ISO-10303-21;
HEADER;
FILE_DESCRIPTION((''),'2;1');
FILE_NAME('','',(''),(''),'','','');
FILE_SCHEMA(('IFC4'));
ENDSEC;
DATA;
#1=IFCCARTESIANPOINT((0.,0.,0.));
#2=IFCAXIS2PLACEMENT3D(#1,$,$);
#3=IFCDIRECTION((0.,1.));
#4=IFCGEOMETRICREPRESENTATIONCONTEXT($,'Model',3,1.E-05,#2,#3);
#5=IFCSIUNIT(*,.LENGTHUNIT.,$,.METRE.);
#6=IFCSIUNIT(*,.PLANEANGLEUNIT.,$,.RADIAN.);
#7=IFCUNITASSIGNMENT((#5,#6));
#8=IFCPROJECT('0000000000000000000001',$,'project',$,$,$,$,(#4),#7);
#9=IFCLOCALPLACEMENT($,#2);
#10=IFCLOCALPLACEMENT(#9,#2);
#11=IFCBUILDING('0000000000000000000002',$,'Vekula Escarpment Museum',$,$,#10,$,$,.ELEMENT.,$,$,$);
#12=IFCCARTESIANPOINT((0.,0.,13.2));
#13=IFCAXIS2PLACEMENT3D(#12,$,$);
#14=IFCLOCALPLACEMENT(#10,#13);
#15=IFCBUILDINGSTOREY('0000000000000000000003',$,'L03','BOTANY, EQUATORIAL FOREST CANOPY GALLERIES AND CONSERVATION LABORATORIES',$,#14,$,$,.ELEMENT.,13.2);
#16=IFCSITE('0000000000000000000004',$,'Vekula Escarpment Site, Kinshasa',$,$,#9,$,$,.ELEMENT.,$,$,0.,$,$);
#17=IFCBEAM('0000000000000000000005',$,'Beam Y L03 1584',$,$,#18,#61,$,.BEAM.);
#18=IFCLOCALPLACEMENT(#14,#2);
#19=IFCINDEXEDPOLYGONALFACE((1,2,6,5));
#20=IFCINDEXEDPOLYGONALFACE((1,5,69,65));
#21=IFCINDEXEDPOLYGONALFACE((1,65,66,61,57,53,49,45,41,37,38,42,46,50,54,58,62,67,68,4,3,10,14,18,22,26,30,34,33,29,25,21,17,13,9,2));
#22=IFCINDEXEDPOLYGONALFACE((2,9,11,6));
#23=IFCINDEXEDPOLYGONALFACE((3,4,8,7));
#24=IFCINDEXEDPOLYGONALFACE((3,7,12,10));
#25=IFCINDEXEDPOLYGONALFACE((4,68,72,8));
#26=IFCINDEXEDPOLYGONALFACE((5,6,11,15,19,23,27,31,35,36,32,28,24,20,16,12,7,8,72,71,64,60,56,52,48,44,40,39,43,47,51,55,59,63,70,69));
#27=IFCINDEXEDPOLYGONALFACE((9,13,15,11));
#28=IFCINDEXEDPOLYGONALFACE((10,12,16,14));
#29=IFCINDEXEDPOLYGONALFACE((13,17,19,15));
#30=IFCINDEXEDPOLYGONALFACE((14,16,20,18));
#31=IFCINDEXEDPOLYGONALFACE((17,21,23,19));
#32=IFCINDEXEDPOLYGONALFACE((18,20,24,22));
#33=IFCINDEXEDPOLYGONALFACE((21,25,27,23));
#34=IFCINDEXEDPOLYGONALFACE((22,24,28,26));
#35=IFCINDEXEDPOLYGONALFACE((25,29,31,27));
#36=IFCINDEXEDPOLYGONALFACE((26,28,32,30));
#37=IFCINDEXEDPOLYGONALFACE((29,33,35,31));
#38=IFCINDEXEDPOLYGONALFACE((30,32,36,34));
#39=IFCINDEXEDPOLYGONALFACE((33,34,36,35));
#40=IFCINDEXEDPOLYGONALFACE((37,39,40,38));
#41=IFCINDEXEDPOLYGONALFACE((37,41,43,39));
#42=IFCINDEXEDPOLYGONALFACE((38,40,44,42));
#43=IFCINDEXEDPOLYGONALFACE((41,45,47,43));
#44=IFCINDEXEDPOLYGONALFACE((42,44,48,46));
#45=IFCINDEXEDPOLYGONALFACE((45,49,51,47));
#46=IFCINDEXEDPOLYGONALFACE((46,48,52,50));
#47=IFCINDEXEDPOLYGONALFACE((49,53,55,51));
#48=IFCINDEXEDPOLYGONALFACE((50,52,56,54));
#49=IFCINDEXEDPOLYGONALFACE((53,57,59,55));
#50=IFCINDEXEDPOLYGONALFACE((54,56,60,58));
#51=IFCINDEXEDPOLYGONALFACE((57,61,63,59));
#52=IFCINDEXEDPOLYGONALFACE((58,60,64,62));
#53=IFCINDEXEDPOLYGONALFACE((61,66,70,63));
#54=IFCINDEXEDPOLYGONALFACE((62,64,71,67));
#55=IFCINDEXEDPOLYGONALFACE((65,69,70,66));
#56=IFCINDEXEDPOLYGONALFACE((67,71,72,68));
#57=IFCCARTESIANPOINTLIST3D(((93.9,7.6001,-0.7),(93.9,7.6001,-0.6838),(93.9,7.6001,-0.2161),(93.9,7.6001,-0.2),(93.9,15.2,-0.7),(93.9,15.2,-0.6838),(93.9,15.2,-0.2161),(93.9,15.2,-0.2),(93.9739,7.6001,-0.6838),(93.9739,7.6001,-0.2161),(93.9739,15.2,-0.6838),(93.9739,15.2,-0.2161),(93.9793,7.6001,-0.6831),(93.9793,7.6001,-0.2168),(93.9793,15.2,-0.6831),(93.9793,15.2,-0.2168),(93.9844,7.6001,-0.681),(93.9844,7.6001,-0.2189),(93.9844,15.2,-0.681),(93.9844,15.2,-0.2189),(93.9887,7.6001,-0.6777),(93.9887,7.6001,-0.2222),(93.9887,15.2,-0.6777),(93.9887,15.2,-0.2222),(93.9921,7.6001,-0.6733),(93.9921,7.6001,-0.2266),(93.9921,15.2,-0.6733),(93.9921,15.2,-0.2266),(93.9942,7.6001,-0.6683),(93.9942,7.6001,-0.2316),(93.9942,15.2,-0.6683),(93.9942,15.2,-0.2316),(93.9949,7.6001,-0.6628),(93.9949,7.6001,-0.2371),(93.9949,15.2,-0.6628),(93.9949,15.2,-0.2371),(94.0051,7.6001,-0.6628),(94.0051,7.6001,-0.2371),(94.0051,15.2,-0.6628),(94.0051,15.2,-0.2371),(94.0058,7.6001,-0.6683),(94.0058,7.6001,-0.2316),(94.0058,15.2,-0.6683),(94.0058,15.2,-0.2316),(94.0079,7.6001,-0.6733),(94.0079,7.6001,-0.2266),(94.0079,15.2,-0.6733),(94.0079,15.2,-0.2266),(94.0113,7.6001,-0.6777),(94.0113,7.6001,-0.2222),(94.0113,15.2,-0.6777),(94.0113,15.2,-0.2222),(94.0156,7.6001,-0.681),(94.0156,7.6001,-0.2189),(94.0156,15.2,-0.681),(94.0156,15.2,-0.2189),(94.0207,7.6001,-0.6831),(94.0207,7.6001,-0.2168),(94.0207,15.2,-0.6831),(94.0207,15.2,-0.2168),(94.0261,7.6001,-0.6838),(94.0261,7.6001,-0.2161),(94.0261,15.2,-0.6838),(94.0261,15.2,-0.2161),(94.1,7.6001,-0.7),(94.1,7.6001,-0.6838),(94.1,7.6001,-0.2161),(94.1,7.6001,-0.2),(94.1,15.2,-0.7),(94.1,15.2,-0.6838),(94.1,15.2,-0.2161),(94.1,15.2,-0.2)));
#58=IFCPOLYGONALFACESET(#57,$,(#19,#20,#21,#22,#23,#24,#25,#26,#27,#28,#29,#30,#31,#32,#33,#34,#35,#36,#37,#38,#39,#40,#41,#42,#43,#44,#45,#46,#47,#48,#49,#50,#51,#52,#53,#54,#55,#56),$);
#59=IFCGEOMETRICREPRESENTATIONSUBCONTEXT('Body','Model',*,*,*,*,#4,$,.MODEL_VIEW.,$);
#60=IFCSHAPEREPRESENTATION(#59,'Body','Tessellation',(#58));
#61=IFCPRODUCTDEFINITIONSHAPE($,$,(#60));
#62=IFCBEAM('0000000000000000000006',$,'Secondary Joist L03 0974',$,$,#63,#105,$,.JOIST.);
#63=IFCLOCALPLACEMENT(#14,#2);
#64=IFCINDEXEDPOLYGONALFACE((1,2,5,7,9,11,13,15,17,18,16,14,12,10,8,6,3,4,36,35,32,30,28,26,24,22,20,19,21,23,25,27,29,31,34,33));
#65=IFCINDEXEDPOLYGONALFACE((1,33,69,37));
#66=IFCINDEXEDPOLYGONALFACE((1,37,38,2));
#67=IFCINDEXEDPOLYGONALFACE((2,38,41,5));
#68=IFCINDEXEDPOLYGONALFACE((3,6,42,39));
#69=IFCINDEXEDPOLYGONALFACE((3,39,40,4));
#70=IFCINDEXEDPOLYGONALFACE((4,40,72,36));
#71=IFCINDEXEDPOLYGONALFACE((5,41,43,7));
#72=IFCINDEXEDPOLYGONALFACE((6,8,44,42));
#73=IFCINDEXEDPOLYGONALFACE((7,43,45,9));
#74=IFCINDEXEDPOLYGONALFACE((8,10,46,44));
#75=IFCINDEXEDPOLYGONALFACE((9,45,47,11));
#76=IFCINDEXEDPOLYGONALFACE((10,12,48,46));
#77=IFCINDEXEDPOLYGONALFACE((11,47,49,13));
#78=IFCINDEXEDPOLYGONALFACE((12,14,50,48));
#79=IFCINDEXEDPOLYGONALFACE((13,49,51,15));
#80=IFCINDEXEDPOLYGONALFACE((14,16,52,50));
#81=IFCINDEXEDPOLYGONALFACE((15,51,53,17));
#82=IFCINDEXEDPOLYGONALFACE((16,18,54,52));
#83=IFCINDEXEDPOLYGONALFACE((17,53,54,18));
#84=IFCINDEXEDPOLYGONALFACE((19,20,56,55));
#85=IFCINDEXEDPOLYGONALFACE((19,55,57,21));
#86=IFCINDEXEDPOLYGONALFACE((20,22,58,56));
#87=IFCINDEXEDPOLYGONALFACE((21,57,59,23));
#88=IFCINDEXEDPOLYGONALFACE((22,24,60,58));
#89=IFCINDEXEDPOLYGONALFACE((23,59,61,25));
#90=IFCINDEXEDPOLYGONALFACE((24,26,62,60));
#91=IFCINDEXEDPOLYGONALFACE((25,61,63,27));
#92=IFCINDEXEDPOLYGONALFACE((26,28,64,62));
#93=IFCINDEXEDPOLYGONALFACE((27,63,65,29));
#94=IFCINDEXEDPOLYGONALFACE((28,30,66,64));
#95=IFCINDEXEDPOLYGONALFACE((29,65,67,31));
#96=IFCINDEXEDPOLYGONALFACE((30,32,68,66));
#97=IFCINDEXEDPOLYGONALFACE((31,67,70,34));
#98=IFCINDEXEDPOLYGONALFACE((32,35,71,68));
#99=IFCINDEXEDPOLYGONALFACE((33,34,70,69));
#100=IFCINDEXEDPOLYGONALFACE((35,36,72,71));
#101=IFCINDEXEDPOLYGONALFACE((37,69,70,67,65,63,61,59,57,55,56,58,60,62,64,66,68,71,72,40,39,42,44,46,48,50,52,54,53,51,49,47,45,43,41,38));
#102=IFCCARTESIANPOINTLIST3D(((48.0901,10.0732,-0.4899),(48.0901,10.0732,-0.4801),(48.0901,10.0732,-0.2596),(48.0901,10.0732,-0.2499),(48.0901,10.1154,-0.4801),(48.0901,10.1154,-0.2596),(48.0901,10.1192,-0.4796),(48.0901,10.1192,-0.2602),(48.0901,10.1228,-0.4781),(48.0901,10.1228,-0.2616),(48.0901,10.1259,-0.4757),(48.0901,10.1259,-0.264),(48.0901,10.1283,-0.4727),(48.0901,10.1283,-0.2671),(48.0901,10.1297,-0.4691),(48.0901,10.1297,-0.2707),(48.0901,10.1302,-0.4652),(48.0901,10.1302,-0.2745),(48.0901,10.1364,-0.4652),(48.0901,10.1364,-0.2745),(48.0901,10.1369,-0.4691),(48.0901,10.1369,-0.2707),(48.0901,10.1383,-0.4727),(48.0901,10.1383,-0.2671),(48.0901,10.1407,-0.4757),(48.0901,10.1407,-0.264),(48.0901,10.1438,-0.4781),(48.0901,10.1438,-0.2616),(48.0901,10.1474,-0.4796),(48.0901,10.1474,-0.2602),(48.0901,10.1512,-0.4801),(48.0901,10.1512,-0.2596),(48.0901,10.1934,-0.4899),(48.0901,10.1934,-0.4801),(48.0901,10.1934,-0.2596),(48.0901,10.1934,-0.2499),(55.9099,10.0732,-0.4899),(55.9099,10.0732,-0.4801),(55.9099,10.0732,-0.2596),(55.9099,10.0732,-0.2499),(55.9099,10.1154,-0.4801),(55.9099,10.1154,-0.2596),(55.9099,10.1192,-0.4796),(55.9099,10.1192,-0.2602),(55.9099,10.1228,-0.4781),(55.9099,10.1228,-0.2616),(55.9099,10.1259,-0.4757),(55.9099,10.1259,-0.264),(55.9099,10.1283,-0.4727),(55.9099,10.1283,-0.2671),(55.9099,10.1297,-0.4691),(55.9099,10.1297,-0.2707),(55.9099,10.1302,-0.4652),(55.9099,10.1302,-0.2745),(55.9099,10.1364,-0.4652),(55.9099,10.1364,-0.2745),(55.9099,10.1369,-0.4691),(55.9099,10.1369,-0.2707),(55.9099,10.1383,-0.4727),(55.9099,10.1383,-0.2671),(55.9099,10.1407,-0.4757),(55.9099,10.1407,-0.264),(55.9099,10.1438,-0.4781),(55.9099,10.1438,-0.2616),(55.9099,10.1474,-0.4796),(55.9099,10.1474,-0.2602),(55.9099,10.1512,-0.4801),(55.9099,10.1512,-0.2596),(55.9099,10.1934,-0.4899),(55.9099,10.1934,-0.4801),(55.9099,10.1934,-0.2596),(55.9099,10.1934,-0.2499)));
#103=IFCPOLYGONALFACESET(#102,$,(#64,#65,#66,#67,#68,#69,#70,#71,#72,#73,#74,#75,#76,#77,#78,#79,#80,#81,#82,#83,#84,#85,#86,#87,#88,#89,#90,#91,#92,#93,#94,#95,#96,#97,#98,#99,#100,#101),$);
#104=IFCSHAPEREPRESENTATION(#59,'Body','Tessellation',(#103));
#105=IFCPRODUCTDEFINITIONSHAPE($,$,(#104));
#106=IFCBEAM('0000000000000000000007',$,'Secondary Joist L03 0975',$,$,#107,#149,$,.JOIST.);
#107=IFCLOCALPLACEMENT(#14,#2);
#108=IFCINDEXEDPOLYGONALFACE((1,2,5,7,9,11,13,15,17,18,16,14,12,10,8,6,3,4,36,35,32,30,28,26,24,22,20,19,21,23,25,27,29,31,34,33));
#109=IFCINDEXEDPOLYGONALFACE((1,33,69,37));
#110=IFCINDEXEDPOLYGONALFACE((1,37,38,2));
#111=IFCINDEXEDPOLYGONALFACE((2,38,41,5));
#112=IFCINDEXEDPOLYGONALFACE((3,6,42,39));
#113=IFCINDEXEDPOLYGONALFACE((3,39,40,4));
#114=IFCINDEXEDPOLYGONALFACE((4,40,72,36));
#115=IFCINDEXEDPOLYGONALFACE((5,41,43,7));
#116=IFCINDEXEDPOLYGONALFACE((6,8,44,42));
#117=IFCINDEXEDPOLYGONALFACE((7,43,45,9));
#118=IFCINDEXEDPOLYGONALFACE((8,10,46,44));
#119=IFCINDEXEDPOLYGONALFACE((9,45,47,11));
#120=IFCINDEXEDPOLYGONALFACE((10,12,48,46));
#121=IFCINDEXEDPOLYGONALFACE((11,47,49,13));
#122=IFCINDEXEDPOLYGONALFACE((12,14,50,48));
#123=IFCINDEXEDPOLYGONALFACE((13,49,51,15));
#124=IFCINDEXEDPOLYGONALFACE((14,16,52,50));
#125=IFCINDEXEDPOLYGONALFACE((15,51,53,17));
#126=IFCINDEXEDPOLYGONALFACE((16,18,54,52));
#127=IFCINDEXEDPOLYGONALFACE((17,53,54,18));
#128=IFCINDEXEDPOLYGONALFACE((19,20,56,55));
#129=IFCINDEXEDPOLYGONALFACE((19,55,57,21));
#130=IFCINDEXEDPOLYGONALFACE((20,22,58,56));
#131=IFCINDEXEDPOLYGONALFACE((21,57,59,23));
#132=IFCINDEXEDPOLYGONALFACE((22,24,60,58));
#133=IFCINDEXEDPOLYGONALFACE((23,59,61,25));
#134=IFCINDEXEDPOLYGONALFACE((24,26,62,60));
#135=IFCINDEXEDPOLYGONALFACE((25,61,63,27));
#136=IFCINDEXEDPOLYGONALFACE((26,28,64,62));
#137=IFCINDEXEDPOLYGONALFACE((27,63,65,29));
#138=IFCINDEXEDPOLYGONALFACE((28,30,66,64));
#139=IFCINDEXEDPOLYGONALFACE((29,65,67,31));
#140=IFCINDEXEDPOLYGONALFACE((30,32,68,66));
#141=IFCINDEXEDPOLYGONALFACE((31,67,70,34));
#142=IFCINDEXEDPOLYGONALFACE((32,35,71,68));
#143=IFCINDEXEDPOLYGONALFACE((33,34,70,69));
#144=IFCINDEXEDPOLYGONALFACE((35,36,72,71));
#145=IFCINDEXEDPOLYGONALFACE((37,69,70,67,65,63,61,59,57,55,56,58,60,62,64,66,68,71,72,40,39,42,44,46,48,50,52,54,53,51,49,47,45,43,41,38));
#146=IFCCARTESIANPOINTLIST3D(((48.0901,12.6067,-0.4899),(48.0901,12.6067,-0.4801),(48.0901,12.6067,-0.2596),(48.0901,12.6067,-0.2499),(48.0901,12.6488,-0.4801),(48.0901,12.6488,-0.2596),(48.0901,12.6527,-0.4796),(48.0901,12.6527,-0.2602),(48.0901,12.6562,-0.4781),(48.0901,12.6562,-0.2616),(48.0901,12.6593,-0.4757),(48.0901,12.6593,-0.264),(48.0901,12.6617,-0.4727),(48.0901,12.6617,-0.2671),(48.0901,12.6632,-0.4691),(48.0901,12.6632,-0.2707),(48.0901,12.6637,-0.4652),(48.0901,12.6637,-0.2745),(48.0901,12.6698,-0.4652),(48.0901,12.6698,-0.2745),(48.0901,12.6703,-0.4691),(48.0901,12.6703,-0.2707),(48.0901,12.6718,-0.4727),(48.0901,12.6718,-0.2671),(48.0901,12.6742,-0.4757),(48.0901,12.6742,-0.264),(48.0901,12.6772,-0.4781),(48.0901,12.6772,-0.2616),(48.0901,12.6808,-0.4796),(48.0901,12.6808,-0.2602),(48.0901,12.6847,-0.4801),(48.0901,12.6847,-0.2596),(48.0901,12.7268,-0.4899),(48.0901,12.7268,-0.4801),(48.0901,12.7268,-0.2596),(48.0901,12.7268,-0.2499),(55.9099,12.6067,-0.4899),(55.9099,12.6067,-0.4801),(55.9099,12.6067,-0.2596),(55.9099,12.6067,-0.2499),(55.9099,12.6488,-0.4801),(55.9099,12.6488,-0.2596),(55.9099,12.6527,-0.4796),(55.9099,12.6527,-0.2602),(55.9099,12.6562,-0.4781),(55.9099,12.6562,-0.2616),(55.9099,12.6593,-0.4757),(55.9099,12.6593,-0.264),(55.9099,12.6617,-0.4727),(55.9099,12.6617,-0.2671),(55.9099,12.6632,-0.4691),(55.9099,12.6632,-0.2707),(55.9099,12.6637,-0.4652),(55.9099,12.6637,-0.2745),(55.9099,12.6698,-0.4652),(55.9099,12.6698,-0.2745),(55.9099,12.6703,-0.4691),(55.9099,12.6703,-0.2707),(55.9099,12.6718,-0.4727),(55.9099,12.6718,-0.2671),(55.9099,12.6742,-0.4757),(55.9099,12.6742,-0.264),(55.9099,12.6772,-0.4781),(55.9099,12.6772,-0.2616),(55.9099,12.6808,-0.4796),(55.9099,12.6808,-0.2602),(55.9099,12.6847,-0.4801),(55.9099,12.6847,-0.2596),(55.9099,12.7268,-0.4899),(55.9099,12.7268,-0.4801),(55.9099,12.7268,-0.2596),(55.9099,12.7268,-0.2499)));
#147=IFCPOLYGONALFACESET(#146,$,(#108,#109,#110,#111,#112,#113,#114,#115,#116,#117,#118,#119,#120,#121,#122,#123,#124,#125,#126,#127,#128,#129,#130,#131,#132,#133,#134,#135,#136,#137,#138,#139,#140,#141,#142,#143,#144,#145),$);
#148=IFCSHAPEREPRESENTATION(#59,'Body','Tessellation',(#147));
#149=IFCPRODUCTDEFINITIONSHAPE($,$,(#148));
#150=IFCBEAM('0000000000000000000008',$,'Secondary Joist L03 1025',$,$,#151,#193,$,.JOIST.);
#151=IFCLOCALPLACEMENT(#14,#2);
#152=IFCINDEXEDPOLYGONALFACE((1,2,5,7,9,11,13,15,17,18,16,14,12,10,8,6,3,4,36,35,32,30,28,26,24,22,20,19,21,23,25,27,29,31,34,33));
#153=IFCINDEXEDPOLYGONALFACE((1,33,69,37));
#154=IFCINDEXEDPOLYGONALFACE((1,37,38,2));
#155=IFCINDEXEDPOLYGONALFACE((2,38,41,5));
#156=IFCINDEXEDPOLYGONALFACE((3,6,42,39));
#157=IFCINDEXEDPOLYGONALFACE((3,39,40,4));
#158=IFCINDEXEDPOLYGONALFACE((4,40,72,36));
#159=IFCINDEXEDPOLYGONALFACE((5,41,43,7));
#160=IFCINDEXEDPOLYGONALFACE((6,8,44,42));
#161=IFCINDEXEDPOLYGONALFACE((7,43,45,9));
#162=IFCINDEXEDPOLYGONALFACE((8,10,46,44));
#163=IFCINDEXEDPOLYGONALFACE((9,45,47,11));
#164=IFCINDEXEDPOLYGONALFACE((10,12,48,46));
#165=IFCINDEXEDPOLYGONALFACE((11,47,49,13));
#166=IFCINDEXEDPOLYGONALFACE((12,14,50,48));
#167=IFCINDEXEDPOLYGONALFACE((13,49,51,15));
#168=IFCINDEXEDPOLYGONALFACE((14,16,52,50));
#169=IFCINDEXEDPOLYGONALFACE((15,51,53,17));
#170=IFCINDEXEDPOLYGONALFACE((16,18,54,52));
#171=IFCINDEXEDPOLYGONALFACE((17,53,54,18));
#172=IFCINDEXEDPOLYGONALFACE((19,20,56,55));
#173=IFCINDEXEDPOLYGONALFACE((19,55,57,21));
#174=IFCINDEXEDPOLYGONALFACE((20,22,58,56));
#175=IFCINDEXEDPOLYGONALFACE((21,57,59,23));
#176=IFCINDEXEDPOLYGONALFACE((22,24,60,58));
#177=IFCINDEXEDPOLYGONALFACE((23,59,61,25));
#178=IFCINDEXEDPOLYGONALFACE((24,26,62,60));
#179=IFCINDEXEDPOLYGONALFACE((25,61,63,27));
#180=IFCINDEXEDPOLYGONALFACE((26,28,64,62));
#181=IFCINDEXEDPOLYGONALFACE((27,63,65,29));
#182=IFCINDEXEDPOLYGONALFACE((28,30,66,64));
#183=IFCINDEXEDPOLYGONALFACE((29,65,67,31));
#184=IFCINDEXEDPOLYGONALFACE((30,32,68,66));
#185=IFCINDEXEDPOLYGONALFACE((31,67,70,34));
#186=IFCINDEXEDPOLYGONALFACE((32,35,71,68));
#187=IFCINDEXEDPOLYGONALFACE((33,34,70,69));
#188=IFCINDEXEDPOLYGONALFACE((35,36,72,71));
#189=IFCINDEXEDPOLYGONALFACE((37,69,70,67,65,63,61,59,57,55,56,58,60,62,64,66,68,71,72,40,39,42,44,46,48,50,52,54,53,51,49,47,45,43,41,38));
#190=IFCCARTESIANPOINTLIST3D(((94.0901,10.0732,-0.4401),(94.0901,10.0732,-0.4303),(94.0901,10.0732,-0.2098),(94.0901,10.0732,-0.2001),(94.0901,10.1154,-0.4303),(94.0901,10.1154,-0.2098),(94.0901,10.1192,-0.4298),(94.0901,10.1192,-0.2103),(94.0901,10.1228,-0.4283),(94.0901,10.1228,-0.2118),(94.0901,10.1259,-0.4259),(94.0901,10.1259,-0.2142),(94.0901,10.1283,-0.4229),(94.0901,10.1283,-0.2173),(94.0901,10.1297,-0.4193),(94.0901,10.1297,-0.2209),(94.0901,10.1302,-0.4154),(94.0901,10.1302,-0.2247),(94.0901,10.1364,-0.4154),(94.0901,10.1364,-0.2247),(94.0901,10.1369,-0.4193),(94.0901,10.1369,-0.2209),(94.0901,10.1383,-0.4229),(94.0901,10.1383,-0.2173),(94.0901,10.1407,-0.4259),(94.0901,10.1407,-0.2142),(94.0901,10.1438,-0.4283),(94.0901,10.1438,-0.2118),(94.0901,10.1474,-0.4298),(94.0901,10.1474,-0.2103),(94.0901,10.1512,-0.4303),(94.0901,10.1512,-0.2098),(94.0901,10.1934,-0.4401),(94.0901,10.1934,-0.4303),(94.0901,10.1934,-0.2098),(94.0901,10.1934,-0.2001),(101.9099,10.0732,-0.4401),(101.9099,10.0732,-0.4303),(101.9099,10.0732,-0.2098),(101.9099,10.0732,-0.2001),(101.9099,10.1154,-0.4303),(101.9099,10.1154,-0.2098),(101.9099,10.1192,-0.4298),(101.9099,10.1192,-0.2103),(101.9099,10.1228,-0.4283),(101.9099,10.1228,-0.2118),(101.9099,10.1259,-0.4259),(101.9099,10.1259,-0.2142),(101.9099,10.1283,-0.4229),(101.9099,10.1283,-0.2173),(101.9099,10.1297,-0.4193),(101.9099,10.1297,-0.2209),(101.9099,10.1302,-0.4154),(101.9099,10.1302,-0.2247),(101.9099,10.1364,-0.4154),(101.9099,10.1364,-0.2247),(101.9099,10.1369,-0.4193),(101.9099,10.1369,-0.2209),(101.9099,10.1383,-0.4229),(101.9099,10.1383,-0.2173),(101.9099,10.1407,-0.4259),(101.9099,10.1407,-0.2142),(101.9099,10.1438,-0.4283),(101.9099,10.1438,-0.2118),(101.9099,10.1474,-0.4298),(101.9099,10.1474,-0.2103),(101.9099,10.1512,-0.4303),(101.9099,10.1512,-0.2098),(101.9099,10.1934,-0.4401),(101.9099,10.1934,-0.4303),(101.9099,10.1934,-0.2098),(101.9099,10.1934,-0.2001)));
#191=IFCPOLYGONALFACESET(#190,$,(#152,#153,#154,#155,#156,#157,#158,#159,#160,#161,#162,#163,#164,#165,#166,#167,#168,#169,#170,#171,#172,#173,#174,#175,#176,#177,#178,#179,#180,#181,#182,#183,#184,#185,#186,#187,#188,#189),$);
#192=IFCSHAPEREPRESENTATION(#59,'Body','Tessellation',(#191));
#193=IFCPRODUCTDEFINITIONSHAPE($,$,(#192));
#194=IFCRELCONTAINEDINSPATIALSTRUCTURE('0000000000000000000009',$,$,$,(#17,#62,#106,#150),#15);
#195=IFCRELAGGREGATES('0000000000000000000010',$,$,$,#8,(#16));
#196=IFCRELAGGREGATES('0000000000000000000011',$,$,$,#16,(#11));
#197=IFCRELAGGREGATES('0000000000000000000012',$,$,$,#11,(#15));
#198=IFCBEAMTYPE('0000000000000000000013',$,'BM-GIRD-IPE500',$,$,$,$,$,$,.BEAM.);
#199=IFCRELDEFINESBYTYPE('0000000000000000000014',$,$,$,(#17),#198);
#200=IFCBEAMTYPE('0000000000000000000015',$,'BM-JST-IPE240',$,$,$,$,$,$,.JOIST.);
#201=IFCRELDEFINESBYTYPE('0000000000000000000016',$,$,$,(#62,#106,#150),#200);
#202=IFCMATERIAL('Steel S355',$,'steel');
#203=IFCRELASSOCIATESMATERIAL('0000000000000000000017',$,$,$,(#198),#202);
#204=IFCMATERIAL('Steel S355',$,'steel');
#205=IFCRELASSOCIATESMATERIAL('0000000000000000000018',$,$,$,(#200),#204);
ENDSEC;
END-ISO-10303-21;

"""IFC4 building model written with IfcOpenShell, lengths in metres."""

from ifc_helpers import new_model, si_unit, direction, frame, origin, origin_2d, place, context, subcontext, project, spatial, i_section, extrude, material, material_profile, profile_set, type_object, element, save


model = new_model("IFC4")

# Units and contexts
model_context = context("Model", 3, precision=1e-05, world=origin(), true_north=direction((0.0, 1.0)))
body_context = subcontext(model_context, "Body", "Model", "MODEL_VIEW")
ifc_project = project(units=[si_unit("LENGTHUNIT", "METRE"), si_unit("PLANEANGLEUNIT", "RADIAN")], contexts=[model_context])

# Site, building, storey
site_placement = place(None, origin())
site = spatial("IfcSite", under=ifc_project, at=site_placement, Name="Vekula Escarpment Site, Kinshasa", CompositionType="ELEMENT", RefElevation=0.0)
building_placement = place(site_placement, origin())
building = spatial("IfcBuilding", under=site, at=building_placement, Name="Vekula Escarpment Museum", CompositionType="ELEMENT")
storey_placement = place(building_placement, frame((0.0, 0.0, 13.2)))
storey = spatial("IfcBuildingStorey", under=building, at=storey_placement, Name="L03", Description="BOTANY, EQUATORIAL FOREST CANOPY GALLERIES AND CONSERVATION LABORATORIES", CompositionType="ELEMENT", Elevation=13.2)

# Beams
ifc_material_1 = material(Name="Steel S355", Category="steel")
ifc_material_profile_1 = material_profile(ifc_material_1, i_section(OverallWidth=0.2, OverallDepth=0.5, WebThickness=0.0103, FlangeThickness=0.0161, FilletRadius=0.021, at=origin_2d()), Name="IPE 500")
ifc_profile_set_1 = profile_set([ifc_material_profile_1], Name="Steel S355")
beam_type_1 = type_object("IfcBeamType", Name="BM-GIRD-IPE500", PredefinedType="BEAM", material=ifc_profile_set_1)
beam_1_placement = place(storey_placement, frame((94.0, 7.6001, -0.45), z_axis=(0.0, 1.0, 0.0), x_axis=(-1.0, 0.0, 0.0)))
element("IfcBeam", 1, at=beam_1_placement, inside=storey, type_object=beam_type_1, Name="Beam Y L03 1584", PredefinedType="BEAM", context=body_context, shape_type="SweptSolid", body=[
    extrude(i_section(OverallWidth=0.2, OverallDepth=0.5, WebThickness=0.0103, FlangeThickness=0.0161, FilletRadius=0.021, at=origin_2d()), origin(), (0.0, 0.0, 1.0), 7.5999),
])
ifc_material_2 = material(Name="Steel S355", Category="steel")
ifc_material_profile_2 = material_profile(ifc_material_2, i_section(OverallWidth=0.1201, OverallDepth=0.24, WebThickness=0.0061, FlangeThickness=0.0098, FilletRadius=0.0149, at=origin_2d()), Name="IPE 240")
ifc_profile_set_2 = profile_set([ifc_material_profile_2], Name="Steel S355")
beam_type_2 = type_object("IfcBeamType", Name="BM-JST-IPE240", PredefinedType="JOIST", material=ifc_profile_set_2)
for number, where, z_axis, x_axis, name in (
    (2, (48.0901, 10.1333, -0.3699), (1.0, 0.0, 0.0), (0.0, 1.0, 0.0), "Secondary Joist L03 0974"),
    (3, (48.0901, 12.6667, -0.3699), (1.0, 0.0, 0.0), (0.0, 1.0, 0.0), "Secondary Joist L03 0975"),
    (4, (94.0901, 10.1333, -0.3201), (1.0, 0.0, 0.0), (0.0, 1.0, 0.0), "Secondary Joist L03 1025"),
):
    element("IfcBeam", number, at=place(storey_placement, frame(where, z_axis=z_axis, x_axis=x_axis)), inside=storey, type_object=beam_type_2, Name=name, PredefinedType="JOIST", context=body_context, shape_type="SweptSolid", body=[
        extrude(i_section(OverallWidth=0.1201, OverallDepth=0.24, WebThickness=0.0061, FlangeThickness=0.0098, FilletRadius=0.0149, at=origin_2d()), origin(), (0.0, 0.0, 1.0), 7.8198),
    ])

save(model, "model.ifc")
